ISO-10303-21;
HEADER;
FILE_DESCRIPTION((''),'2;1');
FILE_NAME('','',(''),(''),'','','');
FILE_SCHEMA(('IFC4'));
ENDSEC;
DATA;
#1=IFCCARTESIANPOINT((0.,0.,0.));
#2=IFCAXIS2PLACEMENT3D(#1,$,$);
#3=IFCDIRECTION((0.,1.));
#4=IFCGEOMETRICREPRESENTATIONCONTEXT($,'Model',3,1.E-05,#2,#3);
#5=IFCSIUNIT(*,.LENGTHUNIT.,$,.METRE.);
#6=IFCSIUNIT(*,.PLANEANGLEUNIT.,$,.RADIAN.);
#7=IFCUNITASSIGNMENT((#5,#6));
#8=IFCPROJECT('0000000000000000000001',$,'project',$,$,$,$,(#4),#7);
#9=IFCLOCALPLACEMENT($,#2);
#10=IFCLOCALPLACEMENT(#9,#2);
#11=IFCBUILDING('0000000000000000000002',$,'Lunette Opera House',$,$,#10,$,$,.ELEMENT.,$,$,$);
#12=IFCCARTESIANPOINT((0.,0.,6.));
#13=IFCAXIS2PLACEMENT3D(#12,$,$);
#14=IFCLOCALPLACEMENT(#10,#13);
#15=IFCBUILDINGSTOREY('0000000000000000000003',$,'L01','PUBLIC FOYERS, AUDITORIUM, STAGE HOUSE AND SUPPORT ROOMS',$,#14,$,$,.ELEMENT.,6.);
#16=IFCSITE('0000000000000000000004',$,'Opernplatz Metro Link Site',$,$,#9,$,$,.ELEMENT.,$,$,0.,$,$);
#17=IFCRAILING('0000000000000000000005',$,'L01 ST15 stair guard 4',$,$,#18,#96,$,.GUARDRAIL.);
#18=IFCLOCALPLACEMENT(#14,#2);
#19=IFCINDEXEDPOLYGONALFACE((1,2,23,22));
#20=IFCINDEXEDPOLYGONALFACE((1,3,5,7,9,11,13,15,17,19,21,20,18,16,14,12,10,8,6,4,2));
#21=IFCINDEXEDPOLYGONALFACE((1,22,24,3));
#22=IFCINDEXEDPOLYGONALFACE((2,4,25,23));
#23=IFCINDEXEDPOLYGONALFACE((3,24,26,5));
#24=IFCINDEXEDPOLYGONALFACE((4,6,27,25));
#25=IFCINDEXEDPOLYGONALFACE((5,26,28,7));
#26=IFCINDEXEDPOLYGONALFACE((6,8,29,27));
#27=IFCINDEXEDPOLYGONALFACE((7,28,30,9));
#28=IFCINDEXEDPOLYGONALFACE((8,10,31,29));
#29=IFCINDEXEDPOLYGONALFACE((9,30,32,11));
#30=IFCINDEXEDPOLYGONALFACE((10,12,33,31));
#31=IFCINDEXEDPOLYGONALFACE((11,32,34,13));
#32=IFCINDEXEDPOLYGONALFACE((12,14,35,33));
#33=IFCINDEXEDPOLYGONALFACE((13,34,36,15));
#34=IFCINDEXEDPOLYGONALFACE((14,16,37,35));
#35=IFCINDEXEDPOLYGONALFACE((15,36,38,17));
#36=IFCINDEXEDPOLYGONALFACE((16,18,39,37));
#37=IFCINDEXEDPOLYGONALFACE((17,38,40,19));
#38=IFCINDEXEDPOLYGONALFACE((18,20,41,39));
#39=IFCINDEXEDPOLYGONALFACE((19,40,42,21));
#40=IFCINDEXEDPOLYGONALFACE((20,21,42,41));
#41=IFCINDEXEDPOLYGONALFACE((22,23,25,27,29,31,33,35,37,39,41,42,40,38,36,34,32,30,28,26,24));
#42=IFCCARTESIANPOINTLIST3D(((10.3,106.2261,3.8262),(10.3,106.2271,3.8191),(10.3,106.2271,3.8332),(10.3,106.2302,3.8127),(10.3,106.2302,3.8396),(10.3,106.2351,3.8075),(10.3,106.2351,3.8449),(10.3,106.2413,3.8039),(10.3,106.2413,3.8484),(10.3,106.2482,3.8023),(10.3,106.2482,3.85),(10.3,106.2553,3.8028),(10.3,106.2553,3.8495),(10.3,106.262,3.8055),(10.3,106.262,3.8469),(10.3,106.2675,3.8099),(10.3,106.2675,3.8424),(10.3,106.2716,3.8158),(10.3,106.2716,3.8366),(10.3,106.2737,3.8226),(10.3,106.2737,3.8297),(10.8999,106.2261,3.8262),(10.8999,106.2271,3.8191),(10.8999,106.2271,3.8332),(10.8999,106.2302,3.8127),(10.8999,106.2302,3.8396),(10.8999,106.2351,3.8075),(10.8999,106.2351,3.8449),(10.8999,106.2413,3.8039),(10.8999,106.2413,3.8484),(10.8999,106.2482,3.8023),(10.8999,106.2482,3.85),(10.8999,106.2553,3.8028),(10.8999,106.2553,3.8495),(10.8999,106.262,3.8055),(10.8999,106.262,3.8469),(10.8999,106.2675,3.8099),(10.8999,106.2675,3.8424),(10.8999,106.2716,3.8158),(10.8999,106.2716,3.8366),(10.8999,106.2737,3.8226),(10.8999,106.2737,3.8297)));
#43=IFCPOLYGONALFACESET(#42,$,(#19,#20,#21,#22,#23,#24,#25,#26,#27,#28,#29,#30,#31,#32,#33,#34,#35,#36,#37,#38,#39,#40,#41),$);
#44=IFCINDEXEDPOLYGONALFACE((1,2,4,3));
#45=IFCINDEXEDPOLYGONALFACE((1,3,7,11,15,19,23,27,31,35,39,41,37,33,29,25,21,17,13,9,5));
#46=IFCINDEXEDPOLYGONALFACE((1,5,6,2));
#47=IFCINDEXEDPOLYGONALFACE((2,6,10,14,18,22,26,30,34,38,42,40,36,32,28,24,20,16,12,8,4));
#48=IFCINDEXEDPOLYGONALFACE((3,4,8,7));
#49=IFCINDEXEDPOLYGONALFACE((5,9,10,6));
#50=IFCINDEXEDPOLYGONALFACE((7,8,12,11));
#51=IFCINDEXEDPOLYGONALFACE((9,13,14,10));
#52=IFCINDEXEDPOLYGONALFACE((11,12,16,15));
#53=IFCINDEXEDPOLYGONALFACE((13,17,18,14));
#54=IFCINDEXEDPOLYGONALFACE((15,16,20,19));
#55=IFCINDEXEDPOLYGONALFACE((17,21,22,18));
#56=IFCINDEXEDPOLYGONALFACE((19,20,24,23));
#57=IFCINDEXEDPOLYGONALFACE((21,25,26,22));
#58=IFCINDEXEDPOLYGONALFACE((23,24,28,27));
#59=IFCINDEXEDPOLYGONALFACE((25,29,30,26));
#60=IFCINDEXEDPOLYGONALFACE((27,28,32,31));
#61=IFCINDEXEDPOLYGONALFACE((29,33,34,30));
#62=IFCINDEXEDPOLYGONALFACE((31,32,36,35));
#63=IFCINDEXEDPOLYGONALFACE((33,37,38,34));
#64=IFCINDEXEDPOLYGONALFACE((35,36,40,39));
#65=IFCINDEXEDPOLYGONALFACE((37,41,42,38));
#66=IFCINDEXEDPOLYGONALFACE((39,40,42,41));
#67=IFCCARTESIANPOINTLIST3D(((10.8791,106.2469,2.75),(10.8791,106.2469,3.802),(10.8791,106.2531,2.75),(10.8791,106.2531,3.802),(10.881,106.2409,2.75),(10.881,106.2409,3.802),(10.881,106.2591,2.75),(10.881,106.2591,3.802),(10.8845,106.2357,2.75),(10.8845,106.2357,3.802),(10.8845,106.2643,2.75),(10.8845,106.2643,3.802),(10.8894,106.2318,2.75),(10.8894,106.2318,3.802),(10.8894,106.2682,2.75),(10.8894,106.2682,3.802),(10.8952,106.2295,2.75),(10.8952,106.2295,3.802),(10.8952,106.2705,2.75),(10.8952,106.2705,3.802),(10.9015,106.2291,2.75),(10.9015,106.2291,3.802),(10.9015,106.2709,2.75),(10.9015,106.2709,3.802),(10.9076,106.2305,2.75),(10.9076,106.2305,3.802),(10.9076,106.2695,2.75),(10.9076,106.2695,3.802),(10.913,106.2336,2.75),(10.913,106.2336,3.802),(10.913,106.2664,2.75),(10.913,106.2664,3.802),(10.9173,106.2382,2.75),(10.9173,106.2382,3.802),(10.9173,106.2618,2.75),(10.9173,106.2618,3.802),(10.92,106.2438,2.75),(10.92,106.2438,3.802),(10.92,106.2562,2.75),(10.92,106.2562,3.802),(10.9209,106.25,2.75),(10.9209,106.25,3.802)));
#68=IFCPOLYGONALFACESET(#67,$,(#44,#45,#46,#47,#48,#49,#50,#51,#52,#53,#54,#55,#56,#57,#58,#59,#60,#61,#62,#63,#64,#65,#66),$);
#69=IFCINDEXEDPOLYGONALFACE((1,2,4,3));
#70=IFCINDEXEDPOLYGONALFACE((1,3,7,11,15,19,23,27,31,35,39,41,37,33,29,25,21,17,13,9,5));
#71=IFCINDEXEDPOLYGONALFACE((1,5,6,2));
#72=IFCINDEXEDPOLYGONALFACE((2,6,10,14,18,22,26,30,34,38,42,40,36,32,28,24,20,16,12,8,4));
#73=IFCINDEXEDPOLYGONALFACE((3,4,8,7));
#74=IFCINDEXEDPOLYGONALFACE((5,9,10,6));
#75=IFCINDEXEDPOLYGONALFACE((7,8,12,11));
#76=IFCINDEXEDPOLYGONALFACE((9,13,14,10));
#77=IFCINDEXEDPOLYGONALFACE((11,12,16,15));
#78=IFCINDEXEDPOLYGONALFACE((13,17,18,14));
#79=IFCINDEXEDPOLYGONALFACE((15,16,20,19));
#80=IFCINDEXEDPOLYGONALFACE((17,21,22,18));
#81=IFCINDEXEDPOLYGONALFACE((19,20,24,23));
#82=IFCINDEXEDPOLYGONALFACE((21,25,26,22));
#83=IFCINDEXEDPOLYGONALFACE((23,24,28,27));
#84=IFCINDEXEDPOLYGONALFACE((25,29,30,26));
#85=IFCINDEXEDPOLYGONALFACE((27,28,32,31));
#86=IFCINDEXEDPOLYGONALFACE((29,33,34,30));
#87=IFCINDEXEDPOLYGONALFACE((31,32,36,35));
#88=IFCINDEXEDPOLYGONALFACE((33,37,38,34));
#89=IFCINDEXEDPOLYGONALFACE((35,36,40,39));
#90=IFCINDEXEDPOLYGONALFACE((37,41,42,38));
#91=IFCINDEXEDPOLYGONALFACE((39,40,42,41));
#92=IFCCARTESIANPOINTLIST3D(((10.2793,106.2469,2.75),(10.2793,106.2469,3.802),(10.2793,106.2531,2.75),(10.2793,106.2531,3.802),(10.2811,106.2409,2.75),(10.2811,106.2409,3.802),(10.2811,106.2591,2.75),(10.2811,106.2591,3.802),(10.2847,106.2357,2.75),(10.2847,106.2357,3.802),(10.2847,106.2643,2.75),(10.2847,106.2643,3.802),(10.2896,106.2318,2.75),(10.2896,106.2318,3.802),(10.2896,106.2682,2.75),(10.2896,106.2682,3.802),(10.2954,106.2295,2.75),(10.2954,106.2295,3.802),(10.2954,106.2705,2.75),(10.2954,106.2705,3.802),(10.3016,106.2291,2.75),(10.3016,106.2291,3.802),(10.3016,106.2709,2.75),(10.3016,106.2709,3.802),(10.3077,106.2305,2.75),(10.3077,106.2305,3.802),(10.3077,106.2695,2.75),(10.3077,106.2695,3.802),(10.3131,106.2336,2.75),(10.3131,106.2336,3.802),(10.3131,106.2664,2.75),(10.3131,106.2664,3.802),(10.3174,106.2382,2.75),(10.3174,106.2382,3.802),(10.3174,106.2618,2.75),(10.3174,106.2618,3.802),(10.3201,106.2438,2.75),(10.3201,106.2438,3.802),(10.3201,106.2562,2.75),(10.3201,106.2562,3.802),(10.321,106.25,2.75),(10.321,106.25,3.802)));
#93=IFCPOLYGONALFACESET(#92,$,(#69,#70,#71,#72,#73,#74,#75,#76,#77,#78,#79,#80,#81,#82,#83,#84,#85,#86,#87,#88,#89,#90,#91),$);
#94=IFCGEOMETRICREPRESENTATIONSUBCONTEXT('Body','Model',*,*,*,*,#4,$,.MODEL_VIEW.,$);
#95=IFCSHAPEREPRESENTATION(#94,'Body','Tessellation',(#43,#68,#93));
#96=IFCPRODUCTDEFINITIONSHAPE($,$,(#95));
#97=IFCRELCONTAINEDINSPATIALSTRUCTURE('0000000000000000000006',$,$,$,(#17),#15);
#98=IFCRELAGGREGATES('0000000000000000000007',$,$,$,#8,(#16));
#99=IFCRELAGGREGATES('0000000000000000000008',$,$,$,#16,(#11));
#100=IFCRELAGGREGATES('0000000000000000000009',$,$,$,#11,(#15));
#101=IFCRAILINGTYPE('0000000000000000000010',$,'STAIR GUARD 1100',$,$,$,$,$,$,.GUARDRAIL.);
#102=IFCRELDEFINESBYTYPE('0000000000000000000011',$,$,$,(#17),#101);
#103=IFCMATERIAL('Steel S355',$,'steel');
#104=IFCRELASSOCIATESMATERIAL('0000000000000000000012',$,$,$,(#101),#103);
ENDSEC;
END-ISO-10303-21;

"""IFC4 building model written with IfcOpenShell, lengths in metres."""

from ifc_helpers import new_model, si_unit, direction, frame, origin, origin_2d, place, context, subcontext, project, spatial, circle, extrude, material, type_object, element, save


model = new_model("IFC4")

# Units and contexts
model_context = context("Model", 3, precision=1e-05, world=origin(), true_north=direction((0.0, 1.0)))
body_context = subcontext(model_context, "Body", "Model", "MODEL_VIEW")
ifc_project = project(units=[si_unit("LENGTHUNIT", "METRE"), si_unit("PLANEANGLEUNIT", "RADIAN")], contexts=[model_context])

# Site, building, storey
site_placement = place(None, origin())
site = spatial("IfcSite", under=ifc_project, at=site_placement, Name="Opernplatz Metro Link Site", CompositionType="ELEMENT", RefElevation=0.0)
building_placement = place(site_placement, origin())
building = spatial("IfcBuilding", under=site, at=building_placement, Name="Lunette Opera House", CompositionType="ELEMENT")
storey_placement = place(building_placement, frame((0.0, 0.0, 6.0)))
storey = spatial("IfcBuildingStorey", under=building, at=storey_placement, Name="L01", Description="PUBLIC FOYERS, AUDITORIUM, STAGE HOUSE AND SUPPORT ROOMS", CompositionType="ELEMENT", Elevation=6.0)

# Railing
ifc_material_1 = material(Name="Steel S355", Category="steel")
railing_type_1 = type_object("IfcRailingType", Name="STAIR GUARD 1100", PredefinedType="GUARDRAIL", material=ifc_material_1)
railing_1_placement = place(storey_placement, frame((10.8999, 106.25, 2.75)))
element("IfcRailing", 1, at=railing_1_placement, inside=storey, type_object=railing_type_1, Name="L01 ST15 stair guard 4", PredefinedType="GUARDRAIL", context=body_context, shape_type="SweptSolid", body=[
    extrude(circle(Radius=0.0239, at=origin_2d()), frame((0.0, 0.0, 1.0762), z_axis=(-1.0, 0.0, 0.0), x_axis=(0.0, -1.0, 0.0)), (0.0, 0.0, 1.0), 0.5999),
    extrude(circle(Radius=0.021, at=origin_2d()), origin(), (0.0, 0.0, 1.0), 1.052),
    extrude(circle(Radius=0.021, at=origin_2d()), frame((-0.5999, 0.0, 0.0)), (0.0, 0.0, 1.0), 1.052),
])

save(model, "model.ifc")
